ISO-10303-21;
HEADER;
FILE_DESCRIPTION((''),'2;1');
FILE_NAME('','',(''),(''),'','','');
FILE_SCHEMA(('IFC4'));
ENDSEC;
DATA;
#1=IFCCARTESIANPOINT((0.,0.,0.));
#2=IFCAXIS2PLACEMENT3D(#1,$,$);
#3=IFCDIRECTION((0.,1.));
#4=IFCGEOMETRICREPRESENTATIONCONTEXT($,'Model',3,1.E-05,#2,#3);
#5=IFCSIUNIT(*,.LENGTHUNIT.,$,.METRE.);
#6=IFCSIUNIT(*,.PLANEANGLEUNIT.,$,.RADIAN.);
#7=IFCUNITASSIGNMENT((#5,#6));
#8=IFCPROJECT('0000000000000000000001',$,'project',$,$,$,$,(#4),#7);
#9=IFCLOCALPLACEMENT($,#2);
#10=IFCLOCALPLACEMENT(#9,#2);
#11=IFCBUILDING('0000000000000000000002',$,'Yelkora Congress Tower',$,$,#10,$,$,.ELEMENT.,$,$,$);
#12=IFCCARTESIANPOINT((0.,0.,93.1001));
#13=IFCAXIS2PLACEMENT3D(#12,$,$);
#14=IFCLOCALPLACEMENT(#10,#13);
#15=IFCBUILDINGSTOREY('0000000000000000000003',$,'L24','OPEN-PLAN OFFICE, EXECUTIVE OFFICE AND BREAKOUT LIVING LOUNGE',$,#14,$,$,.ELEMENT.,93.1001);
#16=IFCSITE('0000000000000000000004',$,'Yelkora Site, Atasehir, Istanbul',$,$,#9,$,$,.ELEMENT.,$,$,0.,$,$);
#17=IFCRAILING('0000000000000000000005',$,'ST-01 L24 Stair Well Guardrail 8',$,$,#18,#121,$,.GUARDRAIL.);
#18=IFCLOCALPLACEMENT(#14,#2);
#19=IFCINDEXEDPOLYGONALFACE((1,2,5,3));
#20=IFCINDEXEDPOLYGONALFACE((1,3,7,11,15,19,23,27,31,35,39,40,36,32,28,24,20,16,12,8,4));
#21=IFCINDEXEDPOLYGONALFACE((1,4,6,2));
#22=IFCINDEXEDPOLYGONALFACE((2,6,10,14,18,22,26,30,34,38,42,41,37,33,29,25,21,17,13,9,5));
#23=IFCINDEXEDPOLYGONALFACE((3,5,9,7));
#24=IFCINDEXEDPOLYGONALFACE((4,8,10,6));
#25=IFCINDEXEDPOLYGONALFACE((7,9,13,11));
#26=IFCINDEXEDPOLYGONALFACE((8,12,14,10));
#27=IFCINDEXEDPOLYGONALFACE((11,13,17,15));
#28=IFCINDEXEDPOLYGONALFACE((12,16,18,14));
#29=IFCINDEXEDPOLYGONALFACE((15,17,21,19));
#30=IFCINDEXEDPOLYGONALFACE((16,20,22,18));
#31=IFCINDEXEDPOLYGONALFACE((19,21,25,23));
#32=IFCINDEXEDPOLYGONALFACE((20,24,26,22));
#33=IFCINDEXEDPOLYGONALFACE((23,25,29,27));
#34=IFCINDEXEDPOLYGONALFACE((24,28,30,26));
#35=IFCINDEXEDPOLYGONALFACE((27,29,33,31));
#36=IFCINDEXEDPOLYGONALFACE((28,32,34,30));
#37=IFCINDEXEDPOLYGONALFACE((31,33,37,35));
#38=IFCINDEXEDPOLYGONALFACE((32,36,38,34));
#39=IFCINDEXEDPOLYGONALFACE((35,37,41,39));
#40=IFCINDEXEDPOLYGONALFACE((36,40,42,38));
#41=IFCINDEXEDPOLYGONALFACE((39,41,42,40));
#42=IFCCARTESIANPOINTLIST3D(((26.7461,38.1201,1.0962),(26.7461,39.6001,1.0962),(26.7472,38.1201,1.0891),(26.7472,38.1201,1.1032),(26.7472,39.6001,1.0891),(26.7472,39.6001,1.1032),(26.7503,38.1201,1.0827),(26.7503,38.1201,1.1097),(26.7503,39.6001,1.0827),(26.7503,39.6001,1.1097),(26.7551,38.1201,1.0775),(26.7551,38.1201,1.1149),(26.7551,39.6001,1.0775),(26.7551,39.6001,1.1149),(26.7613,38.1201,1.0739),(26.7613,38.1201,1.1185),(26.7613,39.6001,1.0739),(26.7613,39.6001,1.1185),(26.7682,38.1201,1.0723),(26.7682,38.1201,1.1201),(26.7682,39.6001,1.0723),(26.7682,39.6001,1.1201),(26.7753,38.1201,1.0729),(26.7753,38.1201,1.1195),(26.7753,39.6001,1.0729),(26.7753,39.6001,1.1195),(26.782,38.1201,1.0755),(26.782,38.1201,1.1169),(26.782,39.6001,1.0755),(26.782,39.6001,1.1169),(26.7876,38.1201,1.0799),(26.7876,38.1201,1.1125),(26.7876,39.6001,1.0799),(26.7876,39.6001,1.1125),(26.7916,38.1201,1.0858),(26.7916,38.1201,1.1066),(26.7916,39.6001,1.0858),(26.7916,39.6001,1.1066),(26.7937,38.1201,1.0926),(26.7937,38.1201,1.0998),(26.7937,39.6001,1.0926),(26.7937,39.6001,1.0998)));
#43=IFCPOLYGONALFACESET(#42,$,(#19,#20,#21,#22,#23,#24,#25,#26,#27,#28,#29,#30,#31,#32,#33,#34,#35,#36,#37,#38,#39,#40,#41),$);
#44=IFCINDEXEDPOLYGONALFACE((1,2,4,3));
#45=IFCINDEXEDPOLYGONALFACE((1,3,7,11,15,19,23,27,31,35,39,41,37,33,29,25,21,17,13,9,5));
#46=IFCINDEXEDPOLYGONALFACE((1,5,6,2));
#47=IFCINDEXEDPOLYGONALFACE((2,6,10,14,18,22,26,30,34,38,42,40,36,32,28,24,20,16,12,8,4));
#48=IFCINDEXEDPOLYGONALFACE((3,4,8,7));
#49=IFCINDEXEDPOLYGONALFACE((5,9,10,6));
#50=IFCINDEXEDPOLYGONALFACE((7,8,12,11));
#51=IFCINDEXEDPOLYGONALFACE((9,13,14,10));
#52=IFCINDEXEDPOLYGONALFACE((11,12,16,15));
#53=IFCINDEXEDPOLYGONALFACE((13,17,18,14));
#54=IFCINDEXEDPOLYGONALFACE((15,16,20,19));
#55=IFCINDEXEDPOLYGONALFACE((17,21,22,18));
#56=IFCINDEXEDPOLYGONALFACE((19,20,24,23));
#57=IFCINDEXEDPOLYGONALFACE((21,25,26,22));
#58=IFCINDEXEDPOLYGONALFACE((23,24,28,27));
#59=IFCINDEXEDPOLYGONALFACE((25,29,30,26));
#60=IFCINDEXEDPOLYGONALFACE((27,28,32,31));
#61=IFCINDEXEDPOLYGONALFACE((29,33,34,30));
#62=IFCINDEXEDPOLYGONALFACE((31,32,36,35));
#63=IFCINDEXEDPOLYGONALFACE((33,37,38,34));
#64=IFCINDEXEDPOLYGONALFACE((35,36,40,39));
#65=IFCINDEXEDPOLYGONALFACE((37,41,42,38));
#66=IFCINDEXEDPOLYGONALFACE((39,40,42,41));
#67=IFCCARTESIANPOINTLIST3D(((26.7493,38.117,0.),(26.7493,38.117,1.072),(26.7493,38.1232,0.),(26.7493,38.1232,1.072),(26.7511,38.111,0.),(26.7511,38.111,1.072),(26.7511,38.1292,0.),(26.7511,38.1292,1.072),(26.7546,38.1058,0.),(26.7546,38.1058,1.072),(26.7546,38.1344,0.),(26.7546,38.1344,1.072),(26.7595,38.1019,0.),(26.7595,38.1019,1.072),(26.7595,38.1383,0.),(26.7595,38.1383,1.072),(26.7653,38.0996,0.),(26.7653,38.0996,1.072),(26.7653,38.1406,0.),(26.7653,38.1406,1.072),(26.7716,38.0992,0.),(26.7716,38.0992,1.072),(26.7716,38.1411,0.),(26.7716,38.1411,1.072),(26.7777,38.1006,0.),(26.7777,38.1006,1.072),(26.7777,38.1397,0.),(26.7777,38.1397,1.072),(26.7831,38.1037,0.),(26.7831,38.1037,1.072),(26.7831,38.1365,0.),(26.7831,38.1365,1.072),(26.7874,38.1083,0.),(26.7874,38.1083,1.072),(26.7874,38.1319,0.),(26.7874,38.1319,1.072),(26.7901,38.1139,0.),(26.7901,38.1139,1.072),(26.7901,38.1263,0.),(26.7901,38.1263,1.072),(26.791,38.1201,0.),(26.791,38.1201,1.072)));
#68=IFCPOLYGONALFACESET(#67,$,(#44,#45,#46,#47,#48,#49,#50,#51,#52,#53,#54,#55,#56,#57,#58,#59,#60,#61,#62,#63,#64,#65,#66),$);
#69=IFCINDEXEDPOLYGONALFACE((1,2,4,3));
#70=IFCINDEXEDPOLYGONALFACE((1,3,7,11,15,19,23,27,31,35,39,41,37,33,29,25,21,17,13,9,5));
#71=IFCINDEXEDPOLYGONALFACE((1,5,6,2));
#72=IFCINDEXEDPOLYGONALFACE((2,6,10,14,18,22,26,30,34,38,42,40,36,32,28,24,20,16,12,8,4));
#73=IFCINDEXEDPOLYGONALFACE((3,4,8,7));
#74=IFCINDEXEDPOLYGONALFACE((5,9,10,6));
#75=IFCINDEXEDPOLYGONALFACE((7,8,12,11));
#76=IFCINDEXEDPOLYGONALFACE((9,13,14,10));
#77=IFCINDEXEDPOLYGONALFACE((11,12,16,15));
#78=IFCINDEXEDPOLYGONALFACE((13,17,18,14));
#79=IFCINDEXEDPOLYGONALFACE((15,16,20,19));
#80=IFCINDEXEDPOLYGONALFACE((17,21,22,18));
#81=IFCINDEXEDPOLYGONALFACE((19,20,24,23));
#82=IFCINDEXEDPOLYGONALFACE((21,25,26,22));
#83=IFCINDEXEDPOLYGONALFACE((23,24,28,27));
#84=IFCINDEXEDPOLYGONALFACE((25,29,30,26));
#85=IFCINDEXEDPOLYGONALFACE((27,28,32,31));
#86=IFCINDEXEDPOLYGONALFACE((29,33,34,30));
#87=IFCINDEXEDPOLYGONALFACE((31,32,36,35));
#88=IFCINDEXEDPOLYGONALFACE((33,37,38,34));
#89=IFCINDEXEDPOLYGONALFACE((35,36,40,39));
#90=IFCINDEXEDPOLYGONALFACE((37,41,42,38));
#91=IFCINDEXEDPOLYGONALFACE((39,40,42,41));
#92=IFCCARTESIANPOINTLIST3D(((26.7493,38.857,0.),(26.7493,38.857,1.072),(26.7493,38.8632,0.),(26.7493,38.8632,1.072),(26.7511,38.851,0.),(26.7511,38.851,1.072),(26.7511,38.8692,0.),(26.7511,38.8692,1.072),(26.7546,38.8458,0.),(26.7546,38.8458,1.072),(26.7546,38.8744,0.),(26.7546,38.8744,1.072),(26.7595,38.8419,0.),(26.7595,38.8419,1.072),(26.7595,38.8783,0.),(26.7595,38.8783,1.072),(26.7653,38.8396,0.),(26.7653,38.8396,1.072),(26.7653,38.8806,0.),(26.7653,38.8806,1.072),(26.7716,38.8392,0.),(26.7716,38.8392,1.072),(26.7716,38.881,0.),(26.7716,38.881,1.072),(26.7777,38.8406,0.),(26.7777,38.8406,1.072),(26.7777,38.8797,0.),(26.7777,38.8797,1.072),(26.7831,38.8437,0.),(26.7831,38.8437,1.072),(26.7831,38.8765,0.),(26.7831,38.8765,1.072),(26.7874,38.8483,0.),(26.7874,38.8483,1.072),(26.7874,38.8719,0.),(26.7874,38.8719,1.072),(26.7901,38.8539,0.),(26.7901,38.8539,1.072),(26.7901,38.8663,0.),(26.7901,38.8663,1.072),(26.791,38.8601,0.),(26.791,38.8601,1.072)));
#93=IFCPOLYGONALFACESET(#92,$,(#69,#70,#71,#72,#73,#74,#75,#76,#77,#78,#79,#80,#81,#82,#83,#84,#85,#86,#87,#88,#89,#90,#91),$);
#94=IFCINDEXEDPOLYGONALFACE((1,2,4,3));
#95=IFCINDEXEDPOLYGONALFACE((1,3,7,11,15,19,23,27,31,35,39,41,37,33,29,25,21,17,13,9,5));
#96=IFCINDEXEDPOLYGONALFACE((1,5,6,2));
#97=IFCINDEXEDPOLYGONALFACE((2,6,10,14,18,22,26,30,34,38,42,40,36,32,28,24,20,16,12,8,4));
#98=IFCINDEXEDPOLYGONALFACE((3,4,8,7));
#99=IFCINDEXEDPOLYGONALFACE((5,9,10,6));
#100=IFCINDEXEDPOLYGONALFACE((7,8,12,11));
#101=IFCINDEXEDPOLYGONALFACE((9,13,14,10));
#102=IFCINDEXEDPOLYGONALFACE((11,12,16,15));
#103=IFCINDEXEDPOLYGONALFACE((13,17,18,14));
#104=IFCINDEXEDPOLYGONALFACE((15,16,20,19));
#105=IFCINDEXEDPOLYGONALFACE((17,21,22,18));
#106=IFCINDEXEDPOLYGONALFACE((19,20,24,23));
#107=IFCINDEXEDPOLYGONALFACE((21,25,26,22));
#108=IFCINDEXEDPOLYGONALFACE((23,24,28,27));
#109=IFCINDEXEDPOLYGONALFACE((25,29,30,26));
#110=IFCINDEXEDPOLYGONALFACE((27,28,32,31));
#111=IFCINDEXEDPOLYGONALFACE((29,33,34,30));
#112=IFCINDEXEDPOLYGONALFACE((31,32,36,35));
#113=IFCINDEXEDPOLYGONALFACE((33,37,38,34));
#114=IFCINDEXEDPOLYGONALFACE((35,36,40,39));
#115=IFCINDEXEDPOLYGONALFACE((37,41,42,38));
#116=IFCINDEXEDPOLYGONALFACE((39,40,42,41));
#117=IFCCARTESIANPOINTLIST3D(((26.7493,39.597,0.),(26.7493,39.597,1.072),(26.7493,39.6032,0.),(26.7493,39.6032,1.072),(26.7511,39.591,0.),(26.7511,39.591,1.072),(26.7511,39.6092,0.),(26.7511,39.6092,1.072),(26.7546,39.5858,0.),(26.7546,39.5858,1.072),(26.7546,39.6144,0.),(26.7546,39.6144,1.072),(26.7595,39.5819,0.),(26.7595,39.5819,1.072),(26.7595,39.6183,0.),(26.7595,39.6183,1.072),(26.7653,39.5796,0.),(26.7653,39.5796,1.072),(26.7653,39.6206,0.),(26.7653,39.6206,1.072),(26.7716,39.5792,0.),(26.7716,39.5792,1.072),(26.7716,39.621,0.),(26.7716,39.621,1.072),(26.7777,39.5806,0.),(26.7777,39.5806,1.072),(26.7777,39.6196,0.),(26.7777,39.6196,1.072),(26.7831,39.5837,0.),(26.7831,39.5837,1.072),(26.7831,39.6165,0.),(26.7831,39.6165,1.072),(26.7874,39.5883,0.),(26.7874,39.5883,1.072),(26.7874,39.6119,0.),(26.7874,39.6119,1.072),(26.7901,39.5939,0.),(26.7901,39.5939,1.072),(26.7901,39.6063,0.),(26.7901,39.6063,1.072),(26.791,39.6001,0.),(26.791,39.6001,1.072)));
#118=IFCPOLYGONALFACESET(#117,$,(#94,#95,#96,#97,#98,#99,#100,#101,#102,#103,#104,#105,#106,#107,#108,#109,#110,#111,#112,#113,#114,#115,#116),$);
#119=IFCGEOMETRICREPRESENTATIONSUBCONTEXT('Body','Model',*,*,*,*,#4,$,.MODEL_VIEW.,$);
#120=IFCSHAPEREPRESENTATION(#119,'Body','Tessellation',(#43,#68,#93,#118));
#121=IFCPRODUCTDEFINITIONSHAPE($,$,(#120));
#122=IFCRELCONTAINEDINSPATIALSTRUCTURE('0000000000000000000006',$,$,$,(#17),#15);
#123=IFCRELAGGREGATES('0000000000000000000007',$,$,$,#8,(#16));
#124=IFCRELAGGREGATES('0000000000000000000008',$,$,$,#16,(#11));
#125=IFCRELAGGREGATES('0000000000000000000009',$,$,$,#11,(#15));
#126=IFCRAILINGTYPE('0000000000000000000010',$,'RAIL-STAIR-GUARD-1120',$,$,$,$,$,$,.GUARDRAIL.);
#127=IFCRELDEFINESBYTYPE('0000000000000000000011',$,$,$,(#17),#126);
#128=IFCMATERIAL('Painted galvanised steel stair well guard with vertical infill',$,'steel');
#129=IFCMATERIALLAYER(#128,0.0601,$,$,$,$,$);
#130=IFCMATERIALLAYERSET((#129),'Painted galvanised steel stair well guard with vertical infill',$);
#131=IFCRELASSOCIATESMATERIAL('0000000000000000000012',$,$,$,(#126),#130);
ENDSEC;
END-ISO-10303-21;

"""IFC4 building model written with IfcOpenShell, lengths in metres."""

from ifc_helpers import new_model, si_unit, direction, frame, origin, origin_2d, place, context, subcontext, project, spatial, circle, extrude, material, layer, layer_set, type_object, element, save


model = new_model("IFC4")

# Units and contexts
model_context = context("Model", 3, precision=1e-05, world=origin(), true_north=direction((0.0, 1.0)))
body_context = subcontext(model_context, "Body", "Model", "MODEL_VIEW")
ifc_project = project(units=[si_unit("LENGTHUNIT", "METRE"), si_unit("PLANEANGLEUNIT", "RADIAN")], contexts=[model_context])

# Site, building, storey
site_placement = place(None, origin())
site = spatial("IfcSite", under=ifc_project, at=site_placement, Name="Yelkora Site, Atasehir, Istanbul", CompositionType="ELEMENT", RefElevation=0.0)
building_placement = place(site_placement, origin())
building = spatial("IfcBuilding", under=site, at=building_placement, Name="Yelkora Congress Tower", CompositionType="ELEMENT")
storey_placement = place(building_placement, frame((0.0, 0.0, 93.1001)))
storey = spatial("IfcBuildingStorey", under=building, at=storey_placement, Name="L24", Description="OPEN-PLAN OFFICE, EXECUTIVE OFFICE AND BREAKOUT LIVING LOUNGE", CompositionType="ELEMENT", Elevation=93.1001)

# Railing
ifc_material_1 = material(Name="Painted galvanised steel stair well guard with vertical infill", Category="steel")
ifc_layer_1 = layer(ifc_material_1, 0.0601)
ifc_layer_set_1 = layer_set([ifc_layer_1], Name="Painted galvanised steel stair well guard with vertical infill")
railing_type_1 = type_object("IfcRailingType", Name="RAIL-STAIR-GUARD-1120", PredefinedType="GUARDRAIL", material=ifc_layer_set_1)
railing_1_placement = place(storey_placement, frame((26.77, 38.1201, 0.0)))
element("IfcRailing", 1, at=railing_1_placement, inside=storey, type_object=railing_type_1, Name="ST-01 L24 Stair Well Guardrail 8", PredefinedType="GUARDRAIL", context=body_context, shape_type="SweptSolid", body=[
    extrude(circle(Radius=0.0239, at=origin_2d()), frame((0.0, 0.0, 1.0962), z_axis=(0.0, 1.0, 0.0), x_axis=(-1.0, 0.0, 0.0)), (0.0, 0.0, 1.0), 1.48),
    extrude(circle(Radius=0.021, at=origin_2d()), origin(), (0.0, 0.0, 1.0), 1.072),
    extrude(circle(Radius=0.021, at=origin_2d()), frame((0.0, 0.74, 0.0)), (0.0, 0.0, 1.0), 1.072),
    extrude(circle(Radius=0.021, at=origin_2d()), frame((0.0, 1.48, 0.0)), (0.0, 0.0, 1.0), 1.072),
])

save(model, "model.ifc")
